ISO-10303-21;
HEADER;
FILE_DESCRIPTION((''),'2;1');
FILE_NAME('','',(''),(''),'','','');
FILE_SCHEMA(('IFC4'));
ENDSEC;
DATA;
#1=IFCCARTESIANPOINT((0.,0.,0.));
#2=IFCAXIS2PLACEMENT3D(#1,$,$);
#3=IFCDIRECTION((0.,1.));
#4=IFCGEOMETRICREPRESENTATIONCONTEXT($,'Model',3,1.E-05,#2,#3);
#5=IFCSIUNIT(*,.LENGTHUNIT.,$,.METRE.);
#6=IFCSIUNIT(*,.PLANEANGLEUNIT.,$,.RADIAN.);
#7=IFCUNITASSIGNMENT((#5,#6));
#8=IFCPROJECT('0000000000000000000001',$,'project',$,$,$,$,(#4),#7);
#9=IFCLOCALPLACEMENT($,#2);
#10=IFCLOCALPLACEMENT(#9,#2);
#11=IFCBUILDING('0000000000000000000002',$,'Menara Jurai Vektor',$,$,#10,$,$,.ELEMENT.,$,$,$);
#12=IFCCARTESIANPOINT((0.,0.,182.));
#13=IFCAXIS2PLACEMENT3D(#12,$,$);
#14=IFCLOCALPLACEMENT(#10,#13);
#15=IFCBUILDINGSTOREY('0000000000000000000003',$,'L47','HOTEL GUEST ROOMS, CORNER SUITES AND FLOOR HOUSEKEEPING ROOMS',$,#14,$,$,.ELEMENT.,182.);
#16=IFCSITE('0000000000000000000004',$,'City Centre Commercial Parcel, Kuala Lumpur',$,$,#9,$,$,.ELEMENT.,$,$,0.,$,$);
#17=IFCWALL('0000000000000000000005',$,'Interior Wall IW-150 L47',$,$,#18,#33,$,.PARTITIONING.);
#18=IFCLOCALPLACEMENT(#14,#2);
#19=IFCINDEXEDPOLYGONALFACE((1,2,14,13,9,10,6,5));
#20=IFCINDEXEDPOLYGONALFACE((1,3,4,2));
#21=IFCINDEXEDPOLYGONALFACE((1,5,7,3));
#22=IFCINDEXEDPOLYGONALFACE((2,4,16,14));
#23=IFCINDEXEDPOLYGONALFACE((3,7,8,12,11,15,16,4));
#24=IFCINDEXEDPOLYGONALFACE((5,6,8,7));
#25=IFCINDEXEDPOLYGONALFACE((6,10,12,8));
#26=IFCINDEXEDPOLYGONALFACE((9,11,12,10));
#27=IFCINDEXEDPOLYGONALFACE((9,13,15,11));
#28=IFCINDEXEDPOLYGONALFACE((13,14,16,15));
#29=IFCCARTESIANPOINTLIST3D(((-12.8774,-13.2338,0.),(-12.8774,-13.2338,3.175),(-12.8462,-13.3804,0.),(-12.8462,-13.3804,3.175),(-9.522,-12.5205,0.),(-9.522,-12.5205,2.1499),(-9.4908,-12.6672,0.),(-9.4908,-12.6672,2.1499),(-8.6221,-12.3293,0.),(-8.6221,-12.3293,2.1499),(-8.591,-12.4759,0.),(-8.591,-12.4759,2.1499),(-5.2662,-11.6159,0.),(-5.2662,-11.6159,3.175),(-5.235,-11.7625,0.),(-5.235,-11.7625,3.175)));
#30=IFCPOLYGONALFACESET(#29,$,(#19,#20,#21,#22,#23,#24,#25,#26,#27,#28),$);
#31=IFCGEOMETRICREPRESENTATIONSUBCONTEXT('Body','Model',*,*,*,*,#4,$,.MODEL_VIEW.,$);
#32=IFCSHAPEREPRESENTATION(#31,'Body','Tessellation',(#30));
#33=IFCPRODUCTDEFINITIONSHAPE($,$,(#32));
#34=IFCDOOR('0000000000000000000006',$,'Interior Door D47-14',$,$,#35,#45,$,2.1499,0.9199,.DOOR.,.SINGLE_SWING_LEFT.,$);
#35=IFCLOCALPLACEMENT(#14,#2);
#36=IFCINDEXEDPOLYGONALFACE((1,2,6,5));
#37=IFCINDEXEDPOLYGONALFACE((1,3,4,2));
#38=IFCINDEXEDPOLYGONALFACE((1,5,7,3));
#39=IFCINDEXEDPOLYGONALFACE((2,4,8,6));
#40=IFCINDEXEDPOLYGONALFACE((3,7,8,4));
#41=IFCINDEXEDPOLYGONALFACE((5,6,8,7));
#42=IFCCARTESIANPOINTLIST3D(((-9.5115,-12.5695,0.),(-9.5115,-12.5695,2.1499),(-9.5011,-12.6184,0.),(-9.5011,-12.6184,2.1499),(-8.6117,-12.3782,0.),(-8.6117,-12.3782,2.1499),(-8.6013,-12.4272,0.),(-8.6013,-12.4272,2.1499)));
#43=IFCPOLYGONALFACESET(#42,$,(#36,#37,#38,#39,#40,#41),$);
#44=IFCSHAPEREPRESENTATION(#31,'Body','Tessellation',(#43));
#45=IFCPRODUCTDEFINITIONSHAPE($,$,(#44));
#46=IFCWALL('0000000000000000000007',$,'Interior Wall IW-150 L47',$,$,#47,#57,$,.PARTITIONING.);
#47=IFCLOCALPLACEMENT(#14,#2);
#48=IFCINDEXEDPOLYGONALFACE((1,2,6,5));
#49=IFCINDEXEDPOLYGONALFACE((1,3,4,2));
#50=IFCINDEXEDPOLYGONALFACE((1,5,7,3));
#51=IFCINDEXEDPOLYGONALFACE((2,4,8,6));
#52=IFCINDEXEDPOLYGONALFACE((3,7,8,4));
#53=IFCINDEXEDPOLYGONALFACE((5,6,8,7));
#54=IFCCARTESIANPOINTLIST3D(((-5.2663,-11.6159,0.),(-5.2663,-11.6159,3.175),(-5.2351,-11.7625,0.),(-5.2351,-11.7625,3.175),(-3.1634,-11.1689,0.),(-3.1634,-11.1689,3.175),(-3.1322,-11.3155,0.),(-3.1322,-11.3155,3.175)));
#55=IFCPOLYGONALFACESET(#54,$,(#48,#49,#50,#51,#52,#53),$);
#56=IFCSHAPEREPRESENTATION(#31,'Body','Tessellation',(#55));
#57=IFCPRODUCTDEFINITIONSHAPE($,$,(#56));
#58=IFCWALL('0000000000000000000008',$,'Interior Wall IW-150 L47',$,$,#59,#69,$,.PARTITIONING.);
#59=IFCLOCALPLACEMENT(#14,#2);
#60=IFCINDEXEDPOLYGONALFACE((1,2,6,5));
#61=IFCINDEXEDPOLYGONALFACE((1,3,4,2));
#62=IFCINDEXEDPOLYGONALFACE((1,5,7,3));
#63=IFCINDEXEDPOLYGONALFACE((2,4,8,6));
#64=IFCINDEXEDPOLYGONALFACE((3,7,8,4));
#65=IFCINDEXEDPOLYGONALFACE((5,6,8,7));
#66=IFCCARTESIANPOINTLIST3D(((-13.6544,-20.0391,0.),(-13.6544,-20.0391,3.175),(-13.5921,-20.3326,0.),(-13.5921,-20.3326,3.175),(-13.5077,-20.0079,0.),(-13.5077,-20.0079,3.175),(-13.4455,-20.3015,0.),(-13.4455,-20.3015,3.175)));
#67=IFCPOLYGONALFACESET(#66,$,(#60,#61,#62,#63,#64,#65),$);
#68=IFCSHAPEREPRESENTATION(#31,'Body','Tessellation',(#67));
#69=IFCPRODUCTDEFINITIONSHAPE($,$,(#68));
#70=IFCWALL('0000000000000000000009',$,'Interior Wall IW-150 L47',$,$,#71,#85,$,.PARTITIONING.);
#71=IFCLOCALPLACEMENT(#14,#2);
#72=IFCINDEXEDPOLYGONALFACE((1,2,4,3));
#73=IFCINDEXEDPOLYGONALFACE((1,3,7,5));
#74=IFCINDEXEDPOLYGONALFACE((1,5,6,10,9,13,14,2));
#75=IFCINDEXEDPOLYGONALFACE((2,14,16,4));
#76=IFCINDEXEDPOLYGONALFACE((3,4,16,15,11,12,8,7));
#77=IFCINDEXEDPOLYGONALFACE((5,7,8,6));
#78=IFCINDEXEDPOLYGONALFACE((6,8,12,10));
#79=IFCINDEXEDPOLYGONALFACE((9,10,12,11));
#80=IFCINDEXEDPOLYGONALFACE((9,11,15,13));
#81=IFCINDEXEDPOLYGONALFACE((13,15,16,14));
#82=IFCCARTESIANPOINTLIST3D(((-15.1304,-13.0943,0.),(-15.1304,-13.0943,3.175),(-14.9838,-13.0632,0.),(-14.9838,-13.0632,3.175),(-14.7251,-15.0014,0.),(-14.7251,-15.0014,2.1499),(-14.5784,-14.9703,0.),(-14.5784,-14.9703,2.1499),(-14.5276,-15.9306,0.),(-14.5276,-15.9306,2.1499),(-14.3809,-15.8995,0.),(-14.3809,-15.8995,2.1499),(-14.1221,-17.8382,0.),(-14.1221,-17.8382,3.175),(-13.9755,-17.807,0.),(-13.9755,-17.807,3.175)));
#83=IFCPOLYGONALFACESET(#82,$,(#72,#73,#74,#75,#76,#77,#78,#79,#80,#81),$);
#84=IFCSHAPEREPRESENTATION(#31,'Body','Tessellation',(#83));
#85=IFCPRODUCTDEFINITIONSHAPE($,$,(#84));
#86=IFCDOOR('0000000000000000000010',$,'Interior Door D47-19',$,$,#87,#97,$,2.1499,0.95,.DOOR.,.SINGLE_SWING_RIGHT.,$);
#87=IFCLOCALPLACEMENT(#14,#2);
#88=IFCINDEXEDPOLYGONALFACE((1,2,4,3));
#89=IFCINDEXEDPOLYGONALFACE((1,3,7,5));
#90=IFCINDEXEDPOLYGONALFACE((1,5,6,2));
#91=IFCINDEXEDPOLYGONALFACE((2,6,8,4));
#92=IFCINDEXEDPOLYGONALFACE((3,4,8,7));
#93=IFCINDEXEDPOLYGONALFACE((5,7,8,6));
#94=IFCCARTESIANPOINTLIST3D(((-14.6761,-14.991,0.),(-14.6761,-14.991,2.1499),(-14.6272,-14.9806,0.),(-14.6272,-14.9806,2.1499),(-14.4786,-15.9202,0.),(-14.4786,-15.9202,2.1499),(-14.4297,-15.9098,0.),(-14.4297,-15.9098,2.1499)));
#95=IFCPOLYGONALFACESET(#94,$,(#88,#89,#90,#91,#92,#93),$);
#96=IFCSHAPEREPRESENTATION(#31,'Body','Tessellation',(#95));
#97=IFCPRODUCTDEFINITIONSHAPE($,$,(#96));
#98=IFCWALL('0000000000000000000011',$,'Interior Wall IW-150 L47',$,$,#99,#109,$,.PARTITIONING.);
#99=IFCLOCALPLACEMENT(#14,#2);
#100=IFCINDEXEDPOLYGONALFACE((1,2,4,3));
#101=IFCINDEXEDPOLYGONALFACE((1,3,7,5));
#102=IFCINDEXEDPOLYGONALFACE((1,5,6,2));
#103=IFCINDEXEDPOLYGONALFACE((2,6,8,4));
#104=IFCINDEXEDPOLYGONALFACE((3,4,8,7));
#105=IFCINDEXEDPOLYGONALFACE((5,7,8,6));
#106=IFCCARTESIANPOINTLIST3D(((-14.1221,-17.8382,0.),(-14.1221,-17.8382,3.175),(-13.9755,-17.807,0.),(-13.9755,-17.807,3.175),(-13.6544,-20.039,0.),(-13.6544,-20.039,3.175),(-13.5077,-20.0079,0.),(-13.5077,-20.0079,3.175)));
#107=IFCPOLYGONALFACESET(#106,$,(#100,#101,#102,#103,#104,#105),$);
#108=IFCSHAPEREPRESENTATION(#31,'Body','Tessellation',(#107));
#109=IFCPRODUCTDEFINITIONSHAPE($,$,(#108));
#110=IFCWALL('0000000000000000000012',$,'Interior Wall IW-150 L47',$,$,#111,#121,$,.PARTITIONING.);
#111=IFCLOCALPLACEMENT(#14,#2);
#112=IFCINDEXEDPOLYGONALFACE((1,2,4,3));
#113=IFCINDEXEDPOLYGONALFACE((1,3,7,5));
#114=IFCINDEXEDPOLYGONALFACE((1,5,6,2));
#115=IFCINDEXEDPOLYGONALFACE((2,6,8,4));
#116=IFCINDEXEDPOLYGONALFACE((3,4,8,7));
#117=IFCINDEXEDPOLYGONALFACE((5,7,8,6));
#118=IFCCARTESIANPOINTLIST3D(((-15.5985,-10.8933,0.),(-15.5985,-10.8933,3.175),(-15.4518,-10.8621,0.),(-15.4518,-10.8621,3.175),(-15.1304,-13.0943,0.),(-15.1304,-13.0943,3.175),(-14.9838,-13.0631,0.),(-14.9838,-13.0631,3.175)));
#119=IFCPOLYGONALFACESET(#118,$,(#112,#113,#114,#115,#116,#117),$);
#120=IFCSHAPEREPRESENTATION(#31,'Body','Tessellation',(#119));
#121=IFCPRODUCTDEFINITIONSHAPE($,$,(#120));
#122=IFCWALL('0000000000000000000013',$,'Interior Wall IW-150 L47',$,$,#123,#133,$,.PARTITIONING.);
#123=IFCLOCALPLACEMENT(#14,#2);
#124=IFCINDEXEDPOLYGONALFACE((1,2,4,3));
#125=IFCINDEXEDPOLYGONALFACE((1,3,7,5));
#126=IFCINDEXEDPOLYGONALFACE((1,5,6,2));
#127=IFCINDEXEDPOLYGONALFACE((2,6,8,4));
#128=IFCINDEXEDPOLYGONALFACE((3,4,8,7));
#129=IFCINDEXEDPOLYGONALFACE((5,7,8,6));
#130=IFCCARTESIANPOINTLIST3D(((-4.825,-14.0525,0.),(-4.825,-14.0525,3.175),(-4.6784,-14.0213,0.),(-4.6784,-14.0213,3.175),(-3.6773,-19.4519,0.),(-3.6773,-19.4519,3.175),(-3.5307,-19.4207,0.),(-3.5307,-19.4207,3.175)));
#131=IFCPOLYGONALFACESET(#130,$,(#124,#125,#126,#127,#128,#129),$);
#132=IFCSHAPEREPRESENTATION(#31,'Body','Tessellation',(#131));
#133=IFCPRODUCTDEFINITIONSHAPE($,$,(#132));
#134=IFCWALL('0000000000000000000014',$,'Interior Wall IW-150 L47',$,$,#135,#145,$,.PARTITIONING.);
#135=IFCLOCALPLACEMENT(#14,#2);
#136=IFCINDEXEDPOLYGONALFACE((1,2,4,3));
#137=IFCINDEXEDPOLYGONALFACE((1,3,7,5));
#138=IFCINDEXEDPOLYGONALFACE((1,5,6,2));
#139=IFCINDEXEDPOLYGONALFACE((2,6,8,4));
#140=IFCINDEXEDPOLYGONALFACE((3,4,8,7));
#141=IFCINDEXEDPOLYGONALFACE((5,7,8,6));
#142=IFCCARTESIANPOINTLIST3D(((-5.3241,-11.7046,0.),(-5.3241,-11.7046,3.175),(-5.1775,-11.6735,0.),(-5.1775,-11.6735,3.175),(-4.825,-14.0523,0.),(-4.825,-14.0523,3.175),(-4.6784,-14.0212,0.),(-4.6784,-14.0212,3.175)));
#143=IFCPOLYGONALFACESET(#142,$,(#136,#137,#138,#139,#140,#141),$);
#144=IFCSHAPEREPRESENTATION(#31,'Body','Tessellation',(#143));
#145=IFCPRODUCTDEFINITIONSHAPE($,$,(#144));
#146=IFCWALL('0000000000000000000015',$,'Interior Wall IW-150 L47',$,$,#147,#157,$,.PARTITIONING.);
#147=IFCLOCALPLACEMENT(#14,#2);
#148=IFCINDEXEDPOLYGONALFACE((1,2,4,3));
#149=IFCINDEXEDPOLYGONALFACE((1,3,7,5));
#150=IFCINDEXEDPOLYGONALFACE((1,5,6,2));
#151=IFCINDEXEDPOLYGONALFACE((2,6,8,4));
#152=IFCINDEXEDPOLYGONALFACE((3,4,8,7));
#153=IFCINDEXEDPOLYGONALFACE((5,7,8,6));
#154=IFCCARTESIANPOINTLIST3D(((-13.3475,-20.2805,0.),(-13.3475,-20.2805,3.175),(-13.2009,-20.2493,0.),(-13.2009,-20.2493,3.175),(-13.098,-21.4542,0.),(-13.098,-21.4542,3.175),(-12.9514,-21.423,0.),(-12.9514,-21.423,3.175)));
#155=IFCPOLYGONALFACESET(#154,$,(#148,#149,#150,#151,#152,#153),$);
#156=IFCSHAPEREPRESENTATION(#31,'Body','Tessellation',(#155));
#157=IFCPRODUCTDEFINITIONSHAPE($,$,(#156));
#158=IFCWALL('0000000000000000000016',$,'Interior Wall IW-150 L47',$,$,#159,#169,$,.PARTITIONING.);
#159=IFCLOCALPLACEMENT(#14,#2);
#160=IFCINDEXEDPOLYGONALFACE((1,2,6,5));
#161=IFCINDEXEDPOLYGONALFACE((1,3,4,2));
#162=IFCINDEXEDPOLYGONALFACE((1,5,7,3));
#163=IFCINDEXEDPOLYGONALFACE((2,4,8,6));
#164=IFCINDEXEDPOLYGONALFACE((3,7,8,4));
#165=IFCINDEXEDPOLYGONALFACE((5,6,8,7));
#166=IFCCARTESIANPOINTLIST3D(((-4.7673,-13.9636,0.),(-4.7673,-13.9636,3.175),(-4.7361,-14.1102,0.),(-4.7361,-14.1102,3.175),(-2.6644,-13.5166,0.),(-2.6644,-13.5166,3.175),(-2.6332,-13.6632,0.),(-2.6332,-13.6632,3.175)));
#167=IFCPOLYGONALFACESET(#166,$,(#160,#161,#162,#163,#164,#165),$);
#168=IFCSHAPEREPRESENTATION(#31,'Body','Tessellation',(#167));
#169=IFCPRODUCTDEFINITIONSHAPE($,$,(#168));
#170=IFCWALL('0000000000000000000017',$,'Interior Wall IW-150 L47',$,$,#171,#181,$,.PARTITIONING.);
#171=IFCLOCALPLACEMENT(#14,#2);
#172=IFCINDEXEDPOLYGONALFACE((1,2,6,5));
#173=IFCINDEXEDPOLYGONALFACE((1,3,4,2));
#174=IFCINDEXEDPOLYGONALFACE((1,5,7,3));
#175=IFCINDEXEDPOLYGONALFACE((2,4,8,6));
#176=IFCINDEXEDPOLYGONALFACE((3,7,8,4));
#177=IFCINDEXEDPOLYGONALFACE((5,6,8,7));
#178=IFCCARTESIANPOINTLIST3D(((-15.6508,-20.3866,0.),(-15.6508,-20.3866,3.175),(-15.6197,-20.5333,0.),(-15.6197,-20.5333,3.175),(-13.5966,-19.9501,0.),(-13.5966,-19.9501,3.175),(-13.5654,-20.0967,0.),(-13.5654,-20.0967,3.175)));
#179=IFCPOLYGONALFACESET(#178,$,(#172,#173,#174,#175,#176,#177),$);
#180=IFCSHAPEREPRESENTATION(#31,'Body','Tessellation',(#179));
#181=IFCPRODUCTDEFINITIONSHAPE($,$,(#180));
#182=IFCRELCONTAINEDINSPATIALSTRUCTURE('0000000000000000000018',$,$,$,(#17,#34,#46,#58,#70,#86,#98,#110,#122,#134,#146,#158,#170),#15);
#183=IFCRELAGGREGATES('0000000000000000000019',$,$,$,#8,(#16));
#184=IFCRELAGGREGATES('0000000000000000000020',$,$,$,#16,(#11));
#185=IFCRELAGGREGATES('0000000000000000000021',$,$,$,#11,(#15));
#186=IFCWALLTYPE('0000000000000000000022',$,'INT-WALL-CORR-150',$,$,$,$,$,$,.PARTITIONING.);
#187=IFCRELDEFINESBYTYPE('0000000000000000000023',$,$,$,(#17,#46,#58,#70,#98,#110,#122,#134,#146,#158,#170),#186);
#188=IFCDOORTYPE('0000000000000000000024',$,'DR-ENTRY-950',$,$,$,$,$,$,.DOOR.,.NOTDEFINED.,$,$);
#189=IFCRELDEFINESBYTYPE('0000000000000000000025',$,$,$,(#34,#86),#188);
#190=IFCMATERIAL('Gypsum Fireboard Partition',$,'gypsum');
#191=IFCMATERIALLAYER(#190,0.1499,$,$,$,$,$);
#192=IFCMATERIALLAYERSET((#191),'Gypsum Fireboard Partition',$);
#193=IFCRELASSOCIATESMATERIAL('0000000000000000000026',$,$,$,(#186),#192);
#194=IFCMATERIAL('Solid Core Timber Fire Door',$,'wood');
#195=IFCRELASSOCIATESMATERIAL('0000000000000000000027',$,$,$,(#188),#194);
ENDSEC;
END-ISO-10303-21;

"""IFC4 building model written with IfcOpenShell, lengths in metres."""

from ifc_helpers import new_model, si_unit, direction, frame, frame_2d, origin, place, context, subcontext, project, spatial, rectangle, extrude, material, layer, layer_set, type_object, element, fill, save


model = new_model("IFC4")

# Units and contexts
model_context = context("Model", 3, precision=1e-05, world=origin(), true_north=direction((0.0, 1.0)))
body_context = subcontext(model_context, "Body", "Model", "MODEL_VIEW")
ifc_project = project(units=[si_unit("LENGTHUNIT", "METRE"), si_unit("PLANEANGLEUNIT", "RADIAN")], contexts=[model_context])

# Site, building, storey
site_placement = place(None, origin())
site = spatial("IfcSite", under=ifc_project, at=site_placement, Name="City Centre Commercial Parcel, Kuala Lumpur", CompositionType="ELEMENT", RefElevation=0.0)
building_placement = place(site_placement, origin())
building = spatial("IfcBuilding", under=site, at=building_placement, Name="Menara Jurai Vektor", CompositionType="ELEMENT")
storey_placement = place(building_placement, frame((0.0, 0.0, 182.0)))
storey = spatial("IfcBuildingStorey", under=building, at=storey_placement, Name="L47", Description="HOTEL GUEST ROOMS, CORNER SUITES AND FLOOR HOUSEKEEPING ROOMS", CompositionType="ELEMENT", Elevation=182.0)

# Shared definitions
ifc_material_1 = material(Name="Gypsum Fireboard Partition", Category="gypsum")
ifc_layer_1 = layer(ifc_material_1, 0.1499)
ifc_layer_set_1 = layer_set([ifc_layer_1], Name="Gypsum Fireboard Partition")
wall_type = type_object("IfcWallType", Name="INT-WALL-CORR-150", PredefinedType="PARTITIONING", material=ifc_layer_set_1)

# Wall, opening, door
wall_1_placement = place(storey_placement, frame((-12.8618, -13.3071, 0.0), z_axis=(0.0, 0.0, 1.0), x_axis=(0.978144, 0.207928, 0.0)))
wall_1 = element("IfcWall", 1, at=wall_1_placement, inside=storey, type_object=wall_type, Name="Interior Wall IW-150 L47", PredefinedType="PARTITIONING", context=body_context, shape_type="SweptSolid", body=[
    extrude(rectangle(XDim=7.7812, YDim=0.1499, at=frame_2d((3.8906, 0.0))), origin(), (0.0, 0.0, 1.0), 3.175),
])
opening_1_placement = place(wall_1_placement, frame((3.4304, 0.0, 0.0)))
opening_1 = element("IfcOpeningElement", 2, at=opening_1_placement, cuts=wall_1, PredefinedType="OPENING", context=body_context, shape_type="SweptSolid", body=[
    extrude(rectangle(XDim=0.9199, YDim=2.1499, at=frame_2d((0.46, 1.075))), frame((0.0, 0.085, 0.0), z_axis=(0.0, -1.0, 0.0), x_axis=(1.0, 0.0, 0.0)), (0.0, 0.0, 1.0), 0.1699),
])
ifc_material_2 = material(Name="Solid Core Timber Fire Door", Category="wood")
door_type_1 = type_object("IfcDoorType", Name="DR-ENTRY-950", OperationType="NOTDEFINED", PredefinedType="DOOR", material=ifc_material_2)
door_1_placement = place(opening_1_placement, origin())
door_1 = element("IfcDoor", 3, at=door_1_placement, inside=storey, type_object=door_type_1, Name="Interior Door D47-14", OperationType="SINGLE_SWING_LEFT", OverallHeight=2.1499, OverallWidth=0.9199, PredefinedType="DOOR", context=body_context, shape_type="SweptSolid", body=[
    extrude(rectangle(XDim=0.9199, YDim=2.1499, at=frame_2d((0.46, 1.075))), frame((0.0, 0.0249, 0.0), z_axis=(0.0, -1.0, 0.0), x_axis=(1.0, 0.0, 0.0)), (0.0, 0.0, 1.0), 0.05),
])
fill(opening_1, door_1)

# Walls
wall_2_placement = place(storey_placement, frame((-5.2507, -11.6892, 0.0), z_axis=(0.0, 0.0, 1.0), x_axis=(0.978147, 0.207916, 0.0)))
element("IfcWall", 4, at=wall_2_placement, inside=storey, type_object=wall_type, Name="Interior Wall IW-150 L47", PredefinedType="PARTITIONING", context=body_context, shape_type="SweptSolid", body=[
    extrude(rectangle(XDim=2.1499, YDim=0.1499, at=frame_2d((1.075, 0.0))), origin(), (0.0, 0.0, 1.0), 3.175),
])
wall_3_placement = place(storey_placement, frame((-13.5188, -20.3169, 0.0), z_axis=(0.0, 0.0, 1.0), x_axis=(-0.207528, 0.978229, 0.0)))
element("IfcWall", 5, at=wall_3_placement, inside=storey, type_object=wall_type, Name="Interior Wall IW-150 L47", PredefinedType="PARTITIONING", context=body_context, shape_type="SweptSolid", body=[
    extrude(rectangle(XDim=0.3, YDim=0.1499, at=frame_2d((0.1499, 0.0))), origin(), (0.0, 0.0, 1.0), 3.175),
])

# Wall, opening, door
wall_4_placement = place(storey_placement, frame((-14.0488, -17.8225, 0.0), z_axis=(0.0, 0.0, 1.0), x_axis=(-0.207903, 0.97815, 0.0)))
wall_4 = element("IfcWall", 6, at=wall_4_placement, inside=storey, type_object=wall_type, Name="Interior Wall IW-150 L47", PredefinedType="PARTITIONING", context=body_context, shape_type="SweptSolid", body=[
    extrude(rectangle(XDim=4.8499, YDim=0.1499, at=frame_2d((2.4248, 0.0))), origin(), (0.0, 0.0, 1.0), 3.175),
])
opening_2_placement = place(wall_4_placement, frame((1.95, 0.0, 0.0)))
opening_2 = element("IfcOpeningElement", 7, at=opening_2_placement, cuts=wall_4, PredefinedType="OPENING", context=body_context, shape_type="SweptSolid", body=[
    extrude(rectangle(XDim=0.95, YDim=2.1499, at=frame_2d((0.4751, 1.075))), frame((0.0, 0.085, 0.0), z_axis=(0.0, -1.0, 0.0), x_axis=(1.0, 0.0, 0.0)), (0.0, 0.0, 1.0), 0.1699),
])
door_2_placement = place(opening_2_placement, origin())
door_2 = element("IfcDoor", 8, at=door_2_placement, inside=storey, type_object=door_type_1, Name="Interior Door D47-19", OperationType="SINGLE_SWING_RIGHT", OverallHeight=2.1499, OverallWidth=0.95, PredefinedType="DOOR", context=body_context, shape_type="SweptSolid", body=[
    extrude(rectangle(XDim=0.95, YDim=2.1499, at=frame_2d((0.4751, 1.075))), frame((0.0, 0.0249, 0.0), z_axis=(0.0, -1.0, 0.0), x_axis=(1.0, 0.0, 0.0)), (0.0, 0.0, 1.0), 0.05),
])
fill(opening_2, door_2)

# Walls
wall_5_placement = place(storey_placement, frame((-13.5811, -20.0234, 0.0), z_axis=(0.0, 0.0, 1.0), x_axis=(-0.207891, 0.978152, 0.0)))
element("IfcWall", 9, at=wall_5_placement, inside=storey, type_object=wall_type, Name="Interior Wall IW-150 L47", PredefinedType="PARTITIONING", context=body_context, shape_type="SweptSolid", body=[
    extrude(rectangle(XDim=2.25, YDim=0.1499, at=frame_2d((1.125, 0.0))), origin(), (0.0, 0.0, 1.0), 3.175),
])
wall_6_placement = place(storey_placement, frame((-15.0571, -13.0786, 0.0), z_axis=(0.0, 0.0, 1.0), x_axis=(-0.207995, 0.97813, 0.0)))
element("IfcWall", 10, at=wall_6_placement, inside=storey, type_object=wall_type, Name="Interior Wall IW-150 L47", PredefinedType="PARTITIONING", context=body_context, shape_type="SweptSolid", body=[
    extrude(rectangle(XDim=2.2502, YDim=0.1499, at=frame_2d((1.125, 0.0))), origin(), (0.0, 0.0, 1.0), 3.175),
])
wall_7_placement = place(storey_placement, frame((-3.604, -19.4363, 0.0), z_axis=(0.0, 0.0, 1.0), x_axis=(-0.207916, 0.978147, 0.0)))
element("IfcWall", 11, at=wall_7_placement, inside=storey, type_object=wall_type, Name="Interior Wall IW-150 L47", PredefinedType="PARTITIONING", context=body_context, shape_type="SweptSolid", body=[
    extrude(rectangle(XDim=5.52, YDim=0.1499, at=frame_2d((2.76, 0.0))), origin(), (0.0, 0.0, 1.0), 3.175),
])
wall_8_placement = place(storey_placement, frame((-4.7517, -14.0369, 0.0), z_axis=(0.0, 0.0, 1.0), x_axis=(-0.207917, 0.978146, 0.0)))
element("IfcWall", 12, at=wall_8_placement, inside=storey, type_object=wall_type, Name="Interior Wall IW-150 L47", PredefinedType="PARTITIONING", context=body_context, shape_type="SweptSolid", body=[
    extrude(rectangle(XDim=2.4001, YDim=0.1499, at=frame_2d((1.2002, 0.0))), origin(), (0.0, 0.0, 1.0), 3.175),
])
wall_9_placement = place(storey_placement, frame((-13.0247, -21.4387, 0.0), z_axis=(0.0, 0.0, 1.0), x_axis=(-0.207917, 0.978146, 0.0)))
element("IfcWall", 13, at=wall_9_placement, inside=storey, type_object=wall_type, Name="Interior Wall IW-150 L47", PredefinedType="PARTITIONING", context=body_context, shape_type="SweptSolid", body=[
    extrude(rectangle(XDim=1.2, YDim=0.1499, at=frame_2d((0.6001, 0.0))), origin(), (0.0, 0.0, 1.0), 3.175),
])
wall_10_placement = place(storey_placement, frame((-4.7517, -14.0369, 0.0), z_axis=(0.0, 0.0, 1.0), x_axis=(0.978147, 0.207916, 0.0)))
element("IfcWall", 14, at=wall_10_placement, inside=storey, type_object=wall_type, Name="Interior Wall IW-150 L47", PredefinedType="PARTITIONING", context=body_context, shape_type="SweptSolid", body=[
    extrude(rectangle(XDim=2.1499, YDim=0.1499, at=frame_2d((1.075, 0.0))), origin(), (0.0, 0.0, 1.0), 3.175),
])

# Wall
wall_11_placement = place(storey_placement, frame((-15.6353, -20.46, 0.0), z_axis=(0.0, 0.0, 1.0), x_axis=(0.978158, 0.207862, 0.0)))
element("IfcWall", 15, at=wall_11_placement, inside=storey, type_object=wall_type, Name="Interior Wall IW-150 L47", PredefinedType="PARTITIONING", context=body_context, shape_type="SweptSolid", body=[
    extrude(rectangle(XDim=2.1001, YDim=0.1499, at=frame_2d((1.05, 0.0))), origin(), (0.0, 0.0, 1.0), 3.175),
])

save(model, "model.ifc")
